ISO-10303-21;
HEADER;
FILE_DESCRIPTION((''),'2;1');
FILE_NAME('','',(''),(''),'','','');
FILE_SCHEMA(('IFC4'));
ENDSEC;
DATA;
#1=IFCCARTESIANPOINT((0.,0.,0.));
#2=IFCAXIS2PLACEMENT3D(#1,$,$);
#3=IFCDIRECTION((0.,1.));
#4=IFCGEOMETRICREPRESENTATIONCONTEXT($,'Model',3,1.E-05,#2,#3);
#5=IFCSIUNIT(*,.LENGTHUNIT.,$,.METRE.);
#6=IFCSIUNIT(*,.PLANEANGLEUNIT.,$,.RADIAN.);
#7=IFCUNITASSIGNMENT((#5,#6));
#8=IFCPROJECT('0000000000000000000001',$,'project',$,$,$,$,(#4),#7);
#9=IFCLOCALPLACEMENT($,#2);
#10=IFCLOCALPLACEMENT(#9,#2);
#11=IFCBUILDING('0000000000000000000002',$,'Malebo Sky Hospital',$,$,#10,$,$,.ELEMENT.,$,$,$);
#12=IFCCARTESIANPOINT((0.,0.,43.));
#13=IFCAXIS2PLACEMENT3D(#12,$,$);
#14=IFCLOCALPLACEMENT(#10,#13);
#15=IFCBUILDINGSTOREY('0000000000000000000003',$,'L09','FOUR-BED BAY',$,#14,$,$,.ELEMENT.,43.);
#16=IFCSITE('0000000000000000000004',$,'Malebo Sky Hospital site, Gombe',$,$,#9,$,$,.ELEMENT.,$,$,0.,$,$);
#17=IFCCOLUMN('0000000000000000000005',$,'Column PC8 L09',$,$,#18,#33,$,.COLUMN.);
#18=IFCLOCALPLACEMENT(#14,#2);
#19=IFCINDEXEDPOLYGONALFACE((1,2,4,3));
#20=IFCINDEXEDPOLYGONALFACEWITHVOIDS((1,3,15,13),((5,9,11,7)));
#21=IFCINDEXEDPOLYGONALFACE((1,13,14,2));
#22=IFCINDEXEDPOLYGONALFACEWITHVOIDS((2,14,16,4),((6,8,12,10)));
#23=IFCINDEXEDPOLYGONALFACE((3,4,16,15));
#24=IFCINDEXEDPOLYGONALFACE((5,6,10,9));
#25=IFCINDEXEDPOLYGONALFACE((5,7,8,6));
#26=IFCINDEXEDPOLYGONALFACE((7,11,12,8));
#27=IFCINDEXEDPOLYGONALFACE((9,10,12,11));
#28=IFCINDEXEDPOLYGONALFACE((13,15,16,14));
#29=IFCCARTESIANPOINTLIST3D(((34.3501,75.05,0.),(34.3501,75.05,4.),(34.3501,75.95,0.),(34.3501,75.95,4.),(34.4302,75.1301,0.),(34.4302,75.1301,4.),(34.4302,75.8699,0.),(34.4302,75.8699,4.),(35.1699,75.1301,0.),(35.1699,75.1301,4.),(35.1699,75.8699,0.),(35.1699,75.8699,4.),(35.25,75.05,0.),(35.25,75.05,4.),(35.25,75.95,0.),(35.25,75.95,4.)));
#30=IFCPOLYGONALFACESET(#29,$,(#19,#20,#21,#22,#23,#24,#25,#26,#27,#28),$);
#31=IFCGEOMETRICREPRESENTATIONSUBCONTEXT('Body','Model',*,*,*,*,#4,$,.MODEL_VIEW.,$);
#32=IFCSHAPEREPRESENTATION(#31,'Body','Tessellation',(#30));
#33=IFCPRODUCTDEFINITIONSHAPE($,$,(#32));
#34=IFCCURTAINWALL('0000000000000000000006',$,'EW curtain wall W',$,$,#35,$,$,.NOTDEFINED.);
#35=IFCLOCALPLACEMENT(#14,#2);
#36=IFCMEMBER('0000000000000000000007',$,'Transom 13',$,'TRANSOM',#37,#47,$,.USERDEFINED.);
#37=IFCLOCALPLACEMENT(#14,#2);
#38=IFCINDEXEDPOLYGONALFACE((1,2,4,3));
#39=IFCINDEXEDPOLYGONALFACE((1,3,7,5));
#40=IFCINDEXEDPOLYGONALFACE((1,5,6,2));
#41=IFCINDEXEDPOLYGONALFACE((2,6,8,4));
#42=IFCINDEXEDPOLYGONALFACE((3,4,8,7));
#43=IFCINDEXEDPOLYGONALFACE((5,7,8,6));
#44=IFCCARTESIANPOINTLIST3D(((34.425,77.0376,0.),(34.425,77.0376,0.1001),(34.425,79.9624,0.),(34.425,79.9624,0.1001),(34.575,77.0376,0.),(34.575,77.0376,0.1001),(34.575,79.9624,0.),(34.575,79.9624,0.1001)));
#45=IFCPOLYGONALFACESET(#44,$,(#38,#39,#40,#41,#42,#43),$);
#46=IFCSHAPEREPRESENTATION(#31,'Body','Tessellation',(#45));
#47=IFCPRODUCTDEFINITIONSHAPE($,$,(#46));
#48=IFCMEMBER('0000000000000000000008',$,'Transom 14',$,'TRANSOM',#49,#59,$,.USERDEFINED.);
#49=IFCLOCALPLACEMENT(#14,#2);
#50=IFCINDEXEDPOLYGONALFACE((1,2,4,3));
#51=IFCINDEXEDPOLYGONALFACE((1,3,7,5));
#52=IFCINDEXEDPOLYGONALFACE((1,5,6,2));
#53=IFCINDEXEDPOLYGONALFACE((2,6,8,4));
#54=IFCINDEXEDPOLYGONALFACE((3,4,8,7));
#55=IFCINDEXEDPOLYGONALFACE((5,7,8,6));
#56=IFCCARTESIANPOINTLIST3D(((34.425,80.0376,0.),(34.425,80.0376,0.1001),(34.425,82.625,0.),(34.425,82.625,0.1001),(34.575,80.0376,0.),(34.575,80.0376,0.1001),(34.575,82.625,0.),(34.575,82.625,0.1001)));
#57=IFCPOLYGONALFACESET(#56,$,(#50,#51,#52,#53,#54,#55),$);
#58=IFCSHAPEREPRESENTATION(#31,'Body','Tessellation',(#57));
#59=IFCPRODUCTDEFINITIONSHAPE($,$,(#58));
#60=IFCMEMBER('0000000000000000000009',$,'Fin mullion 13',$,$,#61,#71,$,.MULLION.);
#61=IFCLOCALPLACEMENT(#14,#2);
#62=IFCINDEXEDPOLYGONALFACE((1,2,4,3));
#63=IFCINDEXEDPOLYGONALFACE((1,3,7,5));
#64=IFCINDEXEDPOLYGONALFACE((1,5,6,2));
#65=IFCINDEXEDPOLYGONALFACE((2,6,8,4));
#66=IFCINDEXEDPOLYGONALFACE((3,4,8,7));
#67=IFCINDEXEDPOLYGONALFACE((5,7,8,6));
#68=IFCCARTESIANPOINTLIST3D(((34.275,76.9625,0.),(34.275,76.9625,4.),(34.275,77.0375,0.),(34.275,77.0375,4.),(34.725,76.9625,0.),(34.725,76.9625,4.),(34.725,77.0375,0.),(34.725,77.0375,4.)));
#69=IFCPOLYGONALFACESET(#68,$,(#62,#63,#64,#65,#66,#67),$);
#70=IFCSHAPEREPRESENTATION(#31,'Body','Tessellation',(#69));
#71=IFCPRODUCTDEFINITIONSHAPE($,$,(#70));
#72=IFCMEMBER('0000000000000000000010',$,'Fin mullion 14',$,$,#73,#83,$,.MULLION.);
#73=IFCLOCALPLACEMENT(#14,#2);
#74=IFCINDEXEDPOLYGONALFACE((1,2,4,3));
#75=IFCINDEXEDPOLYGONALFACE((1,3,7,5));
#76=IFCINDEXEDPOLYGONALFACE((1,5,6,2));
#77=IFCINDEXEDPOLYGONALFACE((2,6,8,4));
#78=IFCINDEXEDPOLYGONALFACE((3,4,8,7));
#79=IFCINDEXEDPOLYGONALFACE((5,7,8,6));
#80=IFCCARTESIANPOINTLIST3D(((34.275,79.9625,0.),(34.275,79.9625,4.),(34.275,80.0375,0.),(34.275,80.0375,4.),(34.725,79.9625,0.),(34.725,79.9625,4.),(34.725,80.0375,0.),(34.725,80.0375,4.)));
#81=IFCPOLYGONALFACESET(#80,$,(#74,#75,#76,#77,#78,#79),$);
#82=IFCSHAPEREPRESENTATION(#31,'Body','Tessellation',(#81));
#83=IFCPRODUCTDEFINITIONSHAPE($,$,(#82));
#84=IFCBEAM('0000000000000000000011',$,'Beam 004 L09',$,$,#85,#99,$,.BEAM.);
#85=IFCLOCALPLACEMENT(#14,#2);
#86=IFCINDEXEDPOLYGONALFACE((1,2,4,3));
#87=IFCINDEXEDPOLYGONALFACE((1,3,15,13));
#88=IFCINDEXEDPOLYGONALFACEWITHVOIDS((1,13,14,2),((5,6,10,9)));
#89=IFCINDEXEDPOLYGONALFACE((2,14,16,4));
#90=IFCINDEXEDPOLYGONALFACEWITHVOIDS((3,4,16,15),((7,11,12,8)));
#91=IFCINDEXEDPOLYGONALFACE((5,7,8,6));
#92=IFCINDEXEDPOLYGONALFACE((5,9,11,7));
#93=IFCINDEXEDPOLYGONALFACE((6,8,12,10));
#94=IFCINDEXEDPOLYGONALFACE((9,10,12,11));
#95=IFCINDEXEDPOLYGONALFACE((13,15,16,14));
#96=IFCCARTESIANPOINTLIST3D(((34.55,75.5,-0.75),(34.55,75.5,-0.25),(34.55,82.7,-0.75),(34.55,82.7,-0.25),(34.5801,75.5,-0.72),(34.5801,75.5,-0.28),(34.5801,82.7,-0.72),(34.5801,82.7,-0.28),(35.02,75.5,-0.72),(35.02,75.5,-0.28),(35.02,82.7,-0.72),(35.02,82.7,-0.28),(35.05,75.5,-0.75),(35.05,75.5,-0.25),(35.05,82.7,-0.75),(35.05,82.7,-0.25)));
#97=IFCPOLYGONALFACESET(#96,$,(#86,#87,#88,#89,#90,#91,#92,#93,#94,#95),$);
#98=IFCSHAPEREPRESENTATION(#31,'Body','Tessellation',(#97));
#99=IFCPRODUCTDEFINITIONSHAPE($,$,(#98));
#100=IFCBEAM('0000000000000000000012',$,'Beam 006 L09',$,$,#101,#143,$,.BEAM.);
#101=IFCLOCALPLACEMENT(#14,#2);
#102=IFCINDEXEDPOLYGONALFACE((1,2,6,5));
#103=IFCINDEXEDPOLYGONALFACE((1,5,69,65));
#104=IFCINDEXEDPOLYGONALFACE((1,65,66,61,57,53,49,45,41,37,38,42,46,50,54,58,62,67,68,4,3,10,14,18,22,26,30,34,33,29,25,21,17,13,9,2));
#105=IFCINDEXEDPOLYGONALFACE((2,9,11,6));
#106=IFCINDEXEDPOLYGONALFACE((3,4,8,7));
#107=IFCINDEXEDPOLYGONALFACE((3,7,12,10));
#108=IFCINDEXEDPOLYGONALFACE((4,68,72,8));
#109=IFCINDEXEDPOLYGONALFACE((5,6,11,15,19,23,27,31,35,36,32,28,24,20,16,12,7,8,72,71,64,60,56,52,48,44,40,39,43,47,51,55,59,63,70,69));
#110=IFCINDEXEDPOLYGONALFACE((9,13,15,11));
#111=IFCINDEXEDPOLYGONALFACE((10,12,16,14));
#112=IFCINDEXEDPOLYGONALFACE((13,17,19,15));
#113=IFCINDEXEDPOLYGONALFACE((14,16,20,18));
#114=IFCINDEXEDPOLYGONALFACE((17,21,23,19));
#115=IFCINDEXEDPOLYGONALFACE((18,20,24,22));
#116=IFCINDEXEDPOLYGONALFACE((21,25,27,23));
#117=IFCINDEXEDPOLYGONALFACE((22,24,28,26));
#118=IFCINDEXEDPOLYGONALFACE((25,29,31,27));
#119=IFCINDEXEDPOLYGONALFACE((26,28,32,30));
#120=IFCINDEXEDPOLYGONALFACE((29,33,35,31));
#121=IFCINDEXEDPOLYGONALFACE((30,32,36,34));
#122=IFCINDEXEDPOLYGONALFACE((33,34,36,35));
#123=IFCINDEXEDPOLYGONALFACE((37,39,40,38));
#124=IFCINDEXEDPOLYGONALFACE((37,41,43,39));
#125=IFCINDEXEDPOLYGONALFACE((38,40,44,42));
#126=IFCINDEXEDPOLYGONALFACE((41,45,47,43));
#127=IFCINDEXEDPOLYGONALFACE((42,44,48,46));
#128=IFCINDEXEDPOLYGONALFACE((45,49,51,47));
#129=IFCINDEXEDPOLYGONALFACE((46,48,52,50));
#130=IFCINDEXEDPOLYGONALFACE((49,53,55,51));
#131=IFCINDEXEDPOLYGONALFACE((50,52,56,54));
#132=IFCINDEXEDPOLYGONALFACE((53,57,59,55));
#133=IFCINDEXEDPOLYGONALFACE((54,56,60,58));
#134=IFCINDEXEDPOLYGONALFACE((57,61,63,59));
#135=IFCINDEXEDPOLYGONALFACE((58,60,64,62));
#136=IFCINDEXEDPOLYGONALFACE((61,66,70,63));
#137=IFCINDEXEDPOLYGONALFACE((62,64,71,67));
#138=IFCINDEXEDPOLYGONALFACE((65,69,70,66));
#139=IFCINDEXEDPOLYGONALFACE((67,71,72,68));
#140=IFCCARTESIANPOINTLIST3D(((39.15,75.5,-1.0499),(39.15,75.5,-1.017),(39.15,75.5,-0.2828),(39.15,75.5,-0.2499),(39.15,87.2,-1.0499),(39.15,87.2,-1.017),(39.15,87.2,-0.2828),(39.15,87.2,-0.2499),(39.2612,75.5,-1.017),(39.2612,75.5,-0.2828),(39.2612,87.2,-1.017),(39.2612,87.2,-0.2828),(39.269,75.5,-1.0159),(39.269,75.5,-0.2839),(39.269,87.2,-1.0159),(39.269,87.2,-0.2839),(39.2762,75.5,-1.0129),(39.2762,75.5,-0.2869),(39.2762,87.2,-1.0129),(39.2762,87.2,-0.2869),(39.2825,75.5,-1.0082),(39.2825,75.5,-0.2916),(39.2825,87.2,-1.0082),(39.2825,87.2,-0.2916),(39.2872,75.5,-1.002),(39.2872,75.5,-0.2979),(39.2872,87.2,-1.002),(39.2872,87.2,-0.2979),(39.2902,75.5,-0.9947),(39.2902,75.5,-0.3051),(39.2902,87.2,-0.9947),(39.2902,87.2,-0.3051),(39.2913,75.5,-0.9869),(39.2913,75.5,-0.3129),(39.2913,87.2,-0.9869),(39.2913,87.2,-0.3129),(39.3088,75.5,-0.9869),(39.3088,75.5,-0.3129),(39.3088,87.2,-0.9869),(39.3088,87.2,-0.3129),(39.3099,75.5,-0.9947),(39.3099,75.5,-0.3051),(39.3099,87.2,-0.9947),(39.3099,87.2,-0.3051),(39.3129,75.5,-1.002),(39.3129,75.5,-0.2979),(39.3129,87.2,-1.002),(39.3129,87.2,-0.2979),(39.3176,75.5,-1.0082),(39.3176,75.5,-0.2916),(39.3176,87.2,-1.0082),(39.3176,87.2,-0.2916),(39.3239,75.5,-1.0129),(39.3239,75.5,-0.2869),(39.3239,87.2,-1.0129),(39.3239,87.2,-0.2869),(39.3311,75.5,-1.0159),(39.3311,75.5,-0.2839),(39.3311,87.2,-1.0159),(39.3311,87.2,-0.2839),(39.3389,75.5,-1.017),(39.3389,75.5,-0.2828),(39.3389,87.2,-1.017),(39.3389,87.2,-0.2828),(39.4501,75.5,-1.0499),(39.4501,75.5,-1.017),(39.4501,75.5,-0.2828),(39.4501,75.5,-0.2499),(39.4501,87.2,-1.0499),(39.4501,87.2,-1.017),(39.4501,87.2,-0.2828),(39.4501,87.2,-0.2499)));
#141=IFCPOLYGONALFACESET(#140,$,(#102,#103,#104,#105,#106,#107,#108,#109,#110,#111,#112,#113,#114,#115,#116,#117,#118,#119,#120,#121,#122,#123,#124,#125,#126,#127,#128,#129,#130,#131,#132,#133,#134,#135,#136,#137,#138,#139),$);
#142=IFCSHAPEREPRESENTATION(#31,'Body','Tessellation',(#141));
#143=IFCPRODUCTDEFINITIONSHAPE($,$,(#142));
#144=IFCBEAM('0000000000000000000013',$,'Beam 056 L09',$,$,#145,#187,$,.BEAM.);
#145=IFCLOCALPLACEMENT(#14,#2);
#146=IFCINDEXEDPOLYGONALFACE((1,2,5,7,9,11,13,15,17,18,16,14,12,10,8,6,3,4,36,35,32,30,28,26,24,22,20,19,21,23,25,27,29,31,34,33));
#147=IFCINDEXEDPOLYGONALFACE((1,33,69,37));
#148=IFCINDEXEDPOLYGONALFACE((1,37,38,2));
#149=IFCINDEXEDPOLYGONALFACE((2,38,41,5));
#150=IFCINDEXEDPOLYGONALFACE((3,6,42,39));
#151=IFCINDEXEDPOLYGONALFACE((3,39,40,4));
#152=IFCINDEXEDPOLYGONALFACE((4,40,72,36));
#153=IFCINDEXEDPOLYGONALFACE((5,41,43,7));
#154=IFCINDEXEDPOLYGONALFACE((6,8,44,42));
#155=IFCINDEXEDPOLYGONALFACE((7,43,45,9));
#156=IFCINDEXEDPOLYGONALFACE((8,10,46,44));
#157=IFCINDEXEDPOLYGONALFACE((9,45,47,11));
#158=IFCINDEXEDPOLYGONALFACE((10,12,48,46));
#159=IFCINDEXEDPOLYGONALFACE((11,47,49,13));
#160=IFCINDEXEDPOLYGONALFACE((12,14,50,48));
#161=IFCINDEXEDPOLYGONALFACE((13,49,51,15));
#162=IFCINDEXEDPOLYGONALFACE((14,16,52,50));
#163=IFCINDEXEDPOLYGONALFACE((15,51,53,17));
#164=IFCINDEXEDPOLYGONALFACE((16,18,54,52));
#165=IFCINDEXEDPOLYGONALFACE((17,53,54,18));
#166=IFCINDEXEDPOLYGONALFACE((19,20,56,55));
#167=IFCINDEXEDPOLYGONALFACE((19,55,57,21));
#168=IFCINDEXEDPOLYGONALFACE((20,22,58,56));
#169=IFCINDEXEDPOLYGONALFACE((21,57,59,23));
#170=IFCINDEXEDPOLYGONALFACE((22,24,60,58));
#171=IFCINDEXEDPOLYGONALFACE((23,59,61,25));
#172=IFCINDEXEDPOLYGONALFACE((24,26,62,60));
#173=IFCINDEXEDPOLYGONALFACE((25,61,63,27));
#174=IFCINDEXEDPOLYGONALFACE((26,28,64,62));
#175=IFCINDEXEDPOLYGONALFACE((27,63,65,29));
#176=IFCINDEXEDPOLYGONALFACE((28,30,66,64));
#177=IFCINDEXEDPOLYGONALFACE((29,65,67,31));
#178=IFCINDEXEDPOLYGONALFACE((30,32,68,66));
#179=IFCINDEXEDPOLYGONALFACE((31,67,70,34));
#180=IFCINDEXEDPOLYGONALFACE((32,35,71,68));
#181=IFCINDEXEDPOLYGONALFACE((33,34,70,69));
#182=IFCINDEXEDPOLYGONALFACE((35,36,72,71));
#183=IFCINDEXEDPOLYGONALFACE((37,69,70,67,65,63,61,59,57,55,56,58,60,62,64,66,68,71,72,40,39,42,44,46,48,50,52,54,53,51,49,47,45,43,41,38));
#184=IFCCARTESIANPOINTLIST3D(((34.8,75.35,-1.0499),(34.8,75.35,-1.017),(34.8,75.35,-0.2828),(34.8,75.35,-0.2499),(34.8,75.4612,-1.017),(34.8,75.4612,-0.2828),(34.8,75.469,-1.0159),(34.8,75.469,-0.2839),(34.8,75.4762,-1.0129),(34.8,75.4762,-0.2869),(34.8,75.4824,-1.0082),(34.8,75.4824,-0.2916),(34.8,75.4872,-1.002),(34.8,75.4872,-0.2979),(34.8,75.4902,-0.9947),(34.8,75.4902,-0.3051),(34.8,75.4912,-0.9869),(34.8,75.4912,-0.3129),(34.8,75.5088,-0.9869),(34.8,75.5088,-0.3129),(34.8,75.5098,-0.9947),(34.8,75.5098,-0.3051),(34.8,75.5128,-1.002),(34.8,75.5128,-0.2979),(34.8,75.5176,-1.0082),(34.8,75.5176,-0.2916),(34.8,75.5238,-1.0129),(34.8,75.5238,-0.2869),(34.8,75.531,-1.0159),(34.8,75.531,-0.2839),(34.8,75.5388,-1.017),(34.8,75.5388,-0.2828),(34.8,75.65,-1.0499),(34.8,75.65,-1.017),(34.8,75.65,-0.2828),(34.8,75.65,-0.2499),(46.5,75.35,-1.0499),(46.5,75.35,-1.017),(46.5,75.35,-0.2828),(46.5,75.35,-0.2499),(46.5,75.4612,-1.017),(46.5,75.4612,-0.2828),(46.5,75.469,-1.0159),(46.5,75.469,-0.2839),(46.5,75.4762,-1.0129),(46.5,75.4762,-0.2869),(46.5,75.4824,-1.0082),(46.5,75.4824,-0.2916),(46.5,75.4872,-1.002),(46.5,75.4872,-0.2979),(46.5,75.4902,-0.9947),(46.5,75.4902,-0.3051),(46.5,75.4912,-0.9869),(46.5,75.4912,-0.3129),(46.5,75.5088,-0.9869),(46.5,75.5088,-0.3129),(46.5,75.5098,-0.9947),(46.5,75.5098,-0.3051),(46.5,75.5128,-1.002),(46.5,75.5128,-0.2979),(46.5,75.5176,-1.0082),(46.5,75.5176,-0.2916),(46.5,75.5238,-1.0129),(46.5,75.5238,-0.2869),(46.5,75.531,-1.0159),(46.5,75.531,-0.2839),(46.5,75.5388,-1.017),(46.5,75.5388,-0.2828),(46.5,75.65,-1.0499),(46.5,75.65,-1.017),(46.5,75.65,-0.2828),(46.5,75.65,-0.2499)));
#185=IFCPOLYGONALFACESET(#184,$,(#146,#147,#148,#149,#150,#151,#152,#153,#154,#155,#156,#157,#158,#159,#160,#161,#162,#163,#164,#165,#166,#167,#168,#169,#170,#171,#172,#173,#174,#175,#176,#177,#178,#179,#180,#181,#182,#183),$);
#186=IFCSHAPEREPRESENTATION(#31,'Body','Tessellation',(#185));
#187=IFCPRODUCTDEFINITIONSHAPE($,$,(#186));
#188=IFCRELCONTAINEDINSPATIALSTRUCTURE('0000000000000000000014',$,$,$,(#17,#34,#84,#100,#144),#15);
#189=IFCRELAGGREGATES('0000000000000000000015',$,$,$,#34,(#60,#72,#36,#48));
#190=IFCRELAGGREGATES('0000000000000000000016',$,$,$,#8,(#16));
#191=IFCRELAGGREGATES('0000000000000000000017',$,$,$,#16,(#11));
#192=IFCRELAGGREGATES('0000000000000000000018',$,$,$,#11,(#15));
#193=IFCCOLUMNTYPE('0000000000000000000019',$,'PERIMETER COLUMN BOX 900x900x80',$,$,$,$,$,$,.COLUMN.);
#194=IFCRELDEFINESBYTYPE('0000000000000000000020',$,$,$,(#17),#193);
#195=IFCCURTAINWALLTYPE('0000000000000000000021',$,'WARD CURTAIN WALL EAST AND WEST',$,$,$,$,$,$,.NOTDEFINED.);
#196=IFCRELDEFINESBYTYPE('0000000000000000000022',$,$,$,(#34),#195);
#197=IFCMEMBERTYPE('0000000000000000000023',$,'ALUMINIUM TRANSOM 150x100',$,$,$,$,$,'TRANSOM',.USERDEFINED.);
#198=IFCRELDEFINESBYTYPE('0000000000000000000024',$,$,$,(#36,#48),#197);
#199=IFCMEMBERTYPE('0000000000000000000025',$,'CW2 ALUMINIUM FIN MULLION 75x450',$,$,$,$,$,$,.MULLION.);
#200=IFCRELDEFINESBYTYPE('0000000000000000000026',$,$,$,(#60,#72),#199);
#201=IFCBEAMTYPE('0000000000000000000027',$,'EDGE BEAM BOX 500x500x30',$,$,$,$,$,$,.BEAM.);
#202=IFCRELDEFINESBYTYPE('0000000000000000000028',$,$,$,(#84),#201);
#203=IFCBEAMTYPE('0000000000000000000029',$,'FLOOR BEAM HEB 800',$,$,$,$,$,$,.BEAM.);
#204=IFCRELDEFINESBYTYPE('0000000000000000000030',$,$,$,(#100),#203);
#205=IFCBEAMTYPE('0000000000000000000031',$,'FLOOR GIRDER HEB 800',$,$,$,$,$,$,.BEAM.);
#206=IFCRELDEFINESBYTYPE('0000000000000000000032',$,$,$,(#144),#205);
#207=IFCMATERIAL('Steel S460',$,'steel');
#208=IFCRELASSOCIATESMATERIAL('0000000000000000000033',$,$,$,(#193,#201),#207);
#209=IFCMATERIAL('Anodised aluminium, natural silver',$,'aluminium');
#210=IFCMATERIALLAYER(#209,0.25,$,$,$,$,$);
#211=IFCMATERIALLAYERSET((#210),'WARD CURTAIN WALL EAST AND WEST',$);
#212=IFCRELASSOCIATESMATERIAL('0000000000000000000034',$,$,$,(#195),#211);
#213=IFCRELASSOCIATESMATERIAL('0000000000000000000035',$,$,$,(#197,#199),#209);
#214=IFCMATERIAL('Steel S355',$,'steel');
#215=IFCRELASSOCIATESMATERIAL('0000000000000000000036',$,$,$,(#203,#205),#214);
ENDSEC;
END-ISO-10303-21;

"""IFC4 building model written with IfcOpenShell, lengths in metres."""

from ifc_helpers import new_model, si_unit, direction, frame, origin, origin_2d, place, context, subcontext, project, spatial, rectangle, hollow_rectangle, i_section, extrude, material, layer, layer_set, material_profile, profile_set, type_object, element, aggregate, save


model = new_model("IFC4")

# Units and contexts
model_context = context("Model", 3, precision=1e-05, world=origin(), true_north=direction((0.0, 1.0)))
body_context = subcontext(model_context, "Body", "Model", "MODEL_VIEW")
ifc_project = project(units=[si_unit("LENGTHUNIT", "METRE"), si_unit("PLANEANGLEUNIT", "RADIAN")], contexts=[model_context])

# Site, building, storey
site_placement = place(None, origin())
site = spatial("IfcSite", under=ifc_project, at=site_placement, Name="Malebo Sky Hospital site, Gombe", CompositionType="ELEMENT", RefElevation=0.0)
building_placement = place(site_placement, origin())
building = spatial("IfcBuilding", under=site, at=building_placement, Name="Malebo Sky Hospital", CompositionType="ELEMENT")
storey_placement = place(building_placement, frame((0.0, 0.0, 43.0)))
storey = spatial("IfcBuildingStorey", under=building, at=storey_placement, Name="L09", Description="FOUR-BED BAY", CompositionType="ELEMENT", Elevation=43.0)

# Column
ifc_material_1 = material(Name="Steel S460", Category="steel")
ifc_material_profile_1 = material_profile(ifc_material_1, hollow_rectangle(XDim=0.8999, YDim=0.8999, WallThickness=0.0801, at=origin_2d()), Name="BOX 900x900x80")
ifc_profile_set_1 = profile_set([ifc_material_profile_1], Name="Steel S460")
column_type = type_object("IfcColumnType", Name="PERIMETER COLUMN BOX 900x900x80", PredefinedType="COLUMN", material=ifc_profile_set_1)
column_placement = place(storey_placement, frame((34.8, 75.5, 0.0), z_axis=(0.0, 0.0, 1.0), x_axis=(1.0, 0.0, 0.0)))
element("IfcColumn", 1, at=column_placement, inside=storey, type_object=column_type, Name="Column PC8 L09", PredefinedType="COLUMN", context=body_context, shape_type="SweptSolid", body=[
    extrude(hollow_rectangle(XDim=0.8999, YDim=0.8999, WallThickness=0.0801, at=origin_2d()), origin(), (0.0, 0.0, 1.0), 4.0),
])

# Curtain wall, members
ifc_material_2 = material(Name="Anodised aluminium, natural silver", Category="aluminium")
ifc_layer_1 = layer(ifc_material_2, 0.25)
ifc_layer_set_1 = layer_set([ifc_layer_1], Name="WARD CURTAIN WALL EAST AND WEST")
curtain_wall_type = type_object("IfcCurtainWallType", Name="WARD CURTAIN WALL EAST AND WEST", PredefinedType="NOTDEFINED", material=ifc_layer_set_1)
curtain_wall_placement = place(storey_placement, origin())
curtain_wall = element("IfcCurtainWall", 2, at=curtain_wall_placement, inside=storey, type_object=curtain_wall_type, Name="EW curtain wall W", PredefinedType="NOTDEFINED")
ifc_material_profile_2 = material_profile(ifc_material_2, rectangle(XDim=0.1499, YDim=0.1001, at=origin_2d()), Name="ALUMINIUM TRANSOM 150x100")
ifc_profile_set_2 = profile_set([ifc_material_profile_2], Name="Anodised aluminium, natural silver")
member_type_1 = type_object("IfcMemberType", Name="ALUMINIUM TRANSOM 150x100", ElementType="TRANSOM", PredefinedType="USERDEFINED", material=ifc_profile_set_2)
member_1_placement = place(storey_placement, frame((34.5, 77.0376, 0.05), z_axis=(0.0, 1.0, 0.0), x_axis=(-1.0, 0.0, 0.0)))
member_1 = element("IfcMember", 3, at=member_1_placement, type_object=member_type_1, Name="Transom 13", ObjectType="TRANSOM", PredefinedType="USERDEFINED", context=body_context, shape_type="SweptSolid", body=[
    extrude(rectangle(XDim=0.1499, YDim=0.1001, at=origin_2d()), origin(), (0.0, 0.0, 1.0), 2.9248),
])
member_2_placement = place(storey_placement, frame((34.5, 80.0376, 0.05), z_axis=(0.0, 1.0, 0.0), x_axis=(-1.0, 0.0, 0.0)))
member_2 = element("IfcMember", 4, at=member_2_placement, type_object=member_type_1, Name="Transom 14", ObjectType="TRANSOM", PredefinedType="USERDEFINED", context=body_context, shape_type="SweptSolid", body=[
    extrude(rectangle(XDim=0.1499, YDim=0.1001, at=origin_2d()), origin(), (0.0, 0.0, 1.0), 2.5874),
])
ifc_material_profile_3 = material_profile(ifc_material_2, rectangle(XDim=0.075, YDim=0.45, at=origin_2d()), Name="CW2 ALUMINIUM FIN MULLION 75x450")
ifc_profile_set_3 = profile_set([ifc_material_profile_3], Name="Anodised aluminium, natural silver")
member_type_2 = type_object("IfcMemberType", Name="CW2 ALUMINIUM FIN MULLION 75x450", PredefinedType="MULLION", material=ifc_profile_set_3)
member_3_placement = place(storey_placement, frame((34.5, 77.0, 0.0), z_axis=(0.0, 0.0, 1.0), x_axis=(0.0, 1.0, 0.0)))
member_3 = element("IfcMember", 5, at=member_3_placement, type_object=member_type_2, Name="Fin mullion 13", PredefinedType="MULLION", context=body_context, shape_type="SweptSolid", body=[
    extrude(rectangle(XDim=0.075, YDim=0.45, at=origin_2d()), origin(), (0.0, 0.0, 1.0), 4.0),
])
member_4_placement = place(storey_placement, frame((34.5, 80.0, 0.0), z_axis=(0.0, 0.0, 1.0), x_axis=(0.0, 1.0, 0.0)))
member_4 = element("IfcMember", 6, at=member_4_placement, type_object=member_type_2, Name="Fin mullion 14", PredefinedType="MULLION", context=body_context, shape_type="SweptSolid", body=[
    extrude(rectangle(XDim=0.075, YDim=0.45, at=origin_2d()), origin(), (0.0, 0.0, 1.0), 4.0),
])

# Beams
ifc_material_profile_4 = material_profile(ifc_material_1, hollow_rectangle(XDim=0.5, YDim=0.5, WallThickness=0.03, at=origin_2d()), Name="BOX 500x500x30")
ifc_profile_set_4 = profile_set([ifc_material_profile_4], Name="Steel S460")
beam_type_1 = type_object("IfcBeamType", Name="EDGE BEAM BOX 500x500x30", PredefinedType="BEAM", material=ifc_profile_set_4)
beam_1_placement = place(storey_placement, frame((34.8, 75.5, -0.5), z_axis=(0.0, 1.0, 0.0), x_axis=(-1.0, 0.0, 0.0)))
element("IfcBeam", 7, at=beam_1_placement, inside=storey, type_object=beam_type_1, Name="Beam 004 L09", PredefinedType="BEAM", context=body_context, shape_type="SweptSolid", body=[
    extrude(hollow_rectangle(XDim=0.5, YDim=0.5, WallThickness=0.03, at=origin_2d()), origin(), (0.0, 0.0, 1.0), 7.2),
])
ifc_material_3 = material(Name="Steel S355", Category="steel")
ifc_material_profile_5 = material_profile(ifc_material_3, i_section(OverallWidth=0.3, OverallDepth=0.8, WebThickness=0.0176, FlangeThickness=0.033, FilletRadius=0.03, at=origin_2d()), Name="HEB 800")
ifc_profile_set_5 = profile_set([ifc_material_profile_5], Name="Steel S355")
beam_type_2 = type_object("IfcBeamType", Name="FLOOR BEAM HEB 800", PredefinedType="BEAM", material=ifc_profile_set_5)
beam_2_placement = place(storey_placement, frame((39.3, 75.5, -0.6499), z_axis=(0.0, 1.0, 0.0), x_axis=(-1.0, 0.0, 0.0)))
element("IfcBeam", 8, at=beam_2_placement, inside=storey, type_object=beam_type_2, Name="Beam 006 L09", PredefinedType="BEAM", context=body_context, shape_type="SweptSolid", body=[
    extrude(i_section(OverallWidth=0.3, OverallDepth=0.8, WebThickness=0.0176, FlangeThickness=0.033, FilletRadius=0.03, at=origin_2d()), origin(), (0.0, 0.0, 1.0), 11.7),
])
ifc_material_profile_6 = material_profile(ifc_material_3, i_section(OverallWidth=0.3, OverallDepth=0.8, WebThickness=0.0176, FlangeThickness=0.033, FilletRadius=0.03, at=origin_2d()), Name="HEB 800")
ifc_profile_set_6 = profile_set([ifc_material_profile_6], Name="Steel S355")
beam_type_3 = type_object("IfcBeamType", Name="FLOOR GIRDER HEB 800", PredefinedType="BEAM", material=ifc_profile_set_6)
beam_3_placement = place(storey_placement, frame((34.8, 75.5, -0.6499), z_axis=(1.0, 0.0, 0.0), x_axis=(0.0, 1.0, 0.0)))
element("IfcBeam", 9, at=beam_3_placement, inside=storey, type_object=beam_type_3, Name="Beam 056 L09", PredefinedType="BEAM", context=body_context, shape_type="SweptSolid", body=[
    extrude(i_section(OverallWidth=0.3, OverallDepth=0.8, WebThickness=0.0176, FlangeThickness=0.033, FilletRadius=0.03, at=origin_2d()), origin(), (0.0, 0.0, 1.0), 11.7),
])

aggregate(curtain_wall, [member_3, member_4, member_1, member_2])

save(model, "model.ifc")
